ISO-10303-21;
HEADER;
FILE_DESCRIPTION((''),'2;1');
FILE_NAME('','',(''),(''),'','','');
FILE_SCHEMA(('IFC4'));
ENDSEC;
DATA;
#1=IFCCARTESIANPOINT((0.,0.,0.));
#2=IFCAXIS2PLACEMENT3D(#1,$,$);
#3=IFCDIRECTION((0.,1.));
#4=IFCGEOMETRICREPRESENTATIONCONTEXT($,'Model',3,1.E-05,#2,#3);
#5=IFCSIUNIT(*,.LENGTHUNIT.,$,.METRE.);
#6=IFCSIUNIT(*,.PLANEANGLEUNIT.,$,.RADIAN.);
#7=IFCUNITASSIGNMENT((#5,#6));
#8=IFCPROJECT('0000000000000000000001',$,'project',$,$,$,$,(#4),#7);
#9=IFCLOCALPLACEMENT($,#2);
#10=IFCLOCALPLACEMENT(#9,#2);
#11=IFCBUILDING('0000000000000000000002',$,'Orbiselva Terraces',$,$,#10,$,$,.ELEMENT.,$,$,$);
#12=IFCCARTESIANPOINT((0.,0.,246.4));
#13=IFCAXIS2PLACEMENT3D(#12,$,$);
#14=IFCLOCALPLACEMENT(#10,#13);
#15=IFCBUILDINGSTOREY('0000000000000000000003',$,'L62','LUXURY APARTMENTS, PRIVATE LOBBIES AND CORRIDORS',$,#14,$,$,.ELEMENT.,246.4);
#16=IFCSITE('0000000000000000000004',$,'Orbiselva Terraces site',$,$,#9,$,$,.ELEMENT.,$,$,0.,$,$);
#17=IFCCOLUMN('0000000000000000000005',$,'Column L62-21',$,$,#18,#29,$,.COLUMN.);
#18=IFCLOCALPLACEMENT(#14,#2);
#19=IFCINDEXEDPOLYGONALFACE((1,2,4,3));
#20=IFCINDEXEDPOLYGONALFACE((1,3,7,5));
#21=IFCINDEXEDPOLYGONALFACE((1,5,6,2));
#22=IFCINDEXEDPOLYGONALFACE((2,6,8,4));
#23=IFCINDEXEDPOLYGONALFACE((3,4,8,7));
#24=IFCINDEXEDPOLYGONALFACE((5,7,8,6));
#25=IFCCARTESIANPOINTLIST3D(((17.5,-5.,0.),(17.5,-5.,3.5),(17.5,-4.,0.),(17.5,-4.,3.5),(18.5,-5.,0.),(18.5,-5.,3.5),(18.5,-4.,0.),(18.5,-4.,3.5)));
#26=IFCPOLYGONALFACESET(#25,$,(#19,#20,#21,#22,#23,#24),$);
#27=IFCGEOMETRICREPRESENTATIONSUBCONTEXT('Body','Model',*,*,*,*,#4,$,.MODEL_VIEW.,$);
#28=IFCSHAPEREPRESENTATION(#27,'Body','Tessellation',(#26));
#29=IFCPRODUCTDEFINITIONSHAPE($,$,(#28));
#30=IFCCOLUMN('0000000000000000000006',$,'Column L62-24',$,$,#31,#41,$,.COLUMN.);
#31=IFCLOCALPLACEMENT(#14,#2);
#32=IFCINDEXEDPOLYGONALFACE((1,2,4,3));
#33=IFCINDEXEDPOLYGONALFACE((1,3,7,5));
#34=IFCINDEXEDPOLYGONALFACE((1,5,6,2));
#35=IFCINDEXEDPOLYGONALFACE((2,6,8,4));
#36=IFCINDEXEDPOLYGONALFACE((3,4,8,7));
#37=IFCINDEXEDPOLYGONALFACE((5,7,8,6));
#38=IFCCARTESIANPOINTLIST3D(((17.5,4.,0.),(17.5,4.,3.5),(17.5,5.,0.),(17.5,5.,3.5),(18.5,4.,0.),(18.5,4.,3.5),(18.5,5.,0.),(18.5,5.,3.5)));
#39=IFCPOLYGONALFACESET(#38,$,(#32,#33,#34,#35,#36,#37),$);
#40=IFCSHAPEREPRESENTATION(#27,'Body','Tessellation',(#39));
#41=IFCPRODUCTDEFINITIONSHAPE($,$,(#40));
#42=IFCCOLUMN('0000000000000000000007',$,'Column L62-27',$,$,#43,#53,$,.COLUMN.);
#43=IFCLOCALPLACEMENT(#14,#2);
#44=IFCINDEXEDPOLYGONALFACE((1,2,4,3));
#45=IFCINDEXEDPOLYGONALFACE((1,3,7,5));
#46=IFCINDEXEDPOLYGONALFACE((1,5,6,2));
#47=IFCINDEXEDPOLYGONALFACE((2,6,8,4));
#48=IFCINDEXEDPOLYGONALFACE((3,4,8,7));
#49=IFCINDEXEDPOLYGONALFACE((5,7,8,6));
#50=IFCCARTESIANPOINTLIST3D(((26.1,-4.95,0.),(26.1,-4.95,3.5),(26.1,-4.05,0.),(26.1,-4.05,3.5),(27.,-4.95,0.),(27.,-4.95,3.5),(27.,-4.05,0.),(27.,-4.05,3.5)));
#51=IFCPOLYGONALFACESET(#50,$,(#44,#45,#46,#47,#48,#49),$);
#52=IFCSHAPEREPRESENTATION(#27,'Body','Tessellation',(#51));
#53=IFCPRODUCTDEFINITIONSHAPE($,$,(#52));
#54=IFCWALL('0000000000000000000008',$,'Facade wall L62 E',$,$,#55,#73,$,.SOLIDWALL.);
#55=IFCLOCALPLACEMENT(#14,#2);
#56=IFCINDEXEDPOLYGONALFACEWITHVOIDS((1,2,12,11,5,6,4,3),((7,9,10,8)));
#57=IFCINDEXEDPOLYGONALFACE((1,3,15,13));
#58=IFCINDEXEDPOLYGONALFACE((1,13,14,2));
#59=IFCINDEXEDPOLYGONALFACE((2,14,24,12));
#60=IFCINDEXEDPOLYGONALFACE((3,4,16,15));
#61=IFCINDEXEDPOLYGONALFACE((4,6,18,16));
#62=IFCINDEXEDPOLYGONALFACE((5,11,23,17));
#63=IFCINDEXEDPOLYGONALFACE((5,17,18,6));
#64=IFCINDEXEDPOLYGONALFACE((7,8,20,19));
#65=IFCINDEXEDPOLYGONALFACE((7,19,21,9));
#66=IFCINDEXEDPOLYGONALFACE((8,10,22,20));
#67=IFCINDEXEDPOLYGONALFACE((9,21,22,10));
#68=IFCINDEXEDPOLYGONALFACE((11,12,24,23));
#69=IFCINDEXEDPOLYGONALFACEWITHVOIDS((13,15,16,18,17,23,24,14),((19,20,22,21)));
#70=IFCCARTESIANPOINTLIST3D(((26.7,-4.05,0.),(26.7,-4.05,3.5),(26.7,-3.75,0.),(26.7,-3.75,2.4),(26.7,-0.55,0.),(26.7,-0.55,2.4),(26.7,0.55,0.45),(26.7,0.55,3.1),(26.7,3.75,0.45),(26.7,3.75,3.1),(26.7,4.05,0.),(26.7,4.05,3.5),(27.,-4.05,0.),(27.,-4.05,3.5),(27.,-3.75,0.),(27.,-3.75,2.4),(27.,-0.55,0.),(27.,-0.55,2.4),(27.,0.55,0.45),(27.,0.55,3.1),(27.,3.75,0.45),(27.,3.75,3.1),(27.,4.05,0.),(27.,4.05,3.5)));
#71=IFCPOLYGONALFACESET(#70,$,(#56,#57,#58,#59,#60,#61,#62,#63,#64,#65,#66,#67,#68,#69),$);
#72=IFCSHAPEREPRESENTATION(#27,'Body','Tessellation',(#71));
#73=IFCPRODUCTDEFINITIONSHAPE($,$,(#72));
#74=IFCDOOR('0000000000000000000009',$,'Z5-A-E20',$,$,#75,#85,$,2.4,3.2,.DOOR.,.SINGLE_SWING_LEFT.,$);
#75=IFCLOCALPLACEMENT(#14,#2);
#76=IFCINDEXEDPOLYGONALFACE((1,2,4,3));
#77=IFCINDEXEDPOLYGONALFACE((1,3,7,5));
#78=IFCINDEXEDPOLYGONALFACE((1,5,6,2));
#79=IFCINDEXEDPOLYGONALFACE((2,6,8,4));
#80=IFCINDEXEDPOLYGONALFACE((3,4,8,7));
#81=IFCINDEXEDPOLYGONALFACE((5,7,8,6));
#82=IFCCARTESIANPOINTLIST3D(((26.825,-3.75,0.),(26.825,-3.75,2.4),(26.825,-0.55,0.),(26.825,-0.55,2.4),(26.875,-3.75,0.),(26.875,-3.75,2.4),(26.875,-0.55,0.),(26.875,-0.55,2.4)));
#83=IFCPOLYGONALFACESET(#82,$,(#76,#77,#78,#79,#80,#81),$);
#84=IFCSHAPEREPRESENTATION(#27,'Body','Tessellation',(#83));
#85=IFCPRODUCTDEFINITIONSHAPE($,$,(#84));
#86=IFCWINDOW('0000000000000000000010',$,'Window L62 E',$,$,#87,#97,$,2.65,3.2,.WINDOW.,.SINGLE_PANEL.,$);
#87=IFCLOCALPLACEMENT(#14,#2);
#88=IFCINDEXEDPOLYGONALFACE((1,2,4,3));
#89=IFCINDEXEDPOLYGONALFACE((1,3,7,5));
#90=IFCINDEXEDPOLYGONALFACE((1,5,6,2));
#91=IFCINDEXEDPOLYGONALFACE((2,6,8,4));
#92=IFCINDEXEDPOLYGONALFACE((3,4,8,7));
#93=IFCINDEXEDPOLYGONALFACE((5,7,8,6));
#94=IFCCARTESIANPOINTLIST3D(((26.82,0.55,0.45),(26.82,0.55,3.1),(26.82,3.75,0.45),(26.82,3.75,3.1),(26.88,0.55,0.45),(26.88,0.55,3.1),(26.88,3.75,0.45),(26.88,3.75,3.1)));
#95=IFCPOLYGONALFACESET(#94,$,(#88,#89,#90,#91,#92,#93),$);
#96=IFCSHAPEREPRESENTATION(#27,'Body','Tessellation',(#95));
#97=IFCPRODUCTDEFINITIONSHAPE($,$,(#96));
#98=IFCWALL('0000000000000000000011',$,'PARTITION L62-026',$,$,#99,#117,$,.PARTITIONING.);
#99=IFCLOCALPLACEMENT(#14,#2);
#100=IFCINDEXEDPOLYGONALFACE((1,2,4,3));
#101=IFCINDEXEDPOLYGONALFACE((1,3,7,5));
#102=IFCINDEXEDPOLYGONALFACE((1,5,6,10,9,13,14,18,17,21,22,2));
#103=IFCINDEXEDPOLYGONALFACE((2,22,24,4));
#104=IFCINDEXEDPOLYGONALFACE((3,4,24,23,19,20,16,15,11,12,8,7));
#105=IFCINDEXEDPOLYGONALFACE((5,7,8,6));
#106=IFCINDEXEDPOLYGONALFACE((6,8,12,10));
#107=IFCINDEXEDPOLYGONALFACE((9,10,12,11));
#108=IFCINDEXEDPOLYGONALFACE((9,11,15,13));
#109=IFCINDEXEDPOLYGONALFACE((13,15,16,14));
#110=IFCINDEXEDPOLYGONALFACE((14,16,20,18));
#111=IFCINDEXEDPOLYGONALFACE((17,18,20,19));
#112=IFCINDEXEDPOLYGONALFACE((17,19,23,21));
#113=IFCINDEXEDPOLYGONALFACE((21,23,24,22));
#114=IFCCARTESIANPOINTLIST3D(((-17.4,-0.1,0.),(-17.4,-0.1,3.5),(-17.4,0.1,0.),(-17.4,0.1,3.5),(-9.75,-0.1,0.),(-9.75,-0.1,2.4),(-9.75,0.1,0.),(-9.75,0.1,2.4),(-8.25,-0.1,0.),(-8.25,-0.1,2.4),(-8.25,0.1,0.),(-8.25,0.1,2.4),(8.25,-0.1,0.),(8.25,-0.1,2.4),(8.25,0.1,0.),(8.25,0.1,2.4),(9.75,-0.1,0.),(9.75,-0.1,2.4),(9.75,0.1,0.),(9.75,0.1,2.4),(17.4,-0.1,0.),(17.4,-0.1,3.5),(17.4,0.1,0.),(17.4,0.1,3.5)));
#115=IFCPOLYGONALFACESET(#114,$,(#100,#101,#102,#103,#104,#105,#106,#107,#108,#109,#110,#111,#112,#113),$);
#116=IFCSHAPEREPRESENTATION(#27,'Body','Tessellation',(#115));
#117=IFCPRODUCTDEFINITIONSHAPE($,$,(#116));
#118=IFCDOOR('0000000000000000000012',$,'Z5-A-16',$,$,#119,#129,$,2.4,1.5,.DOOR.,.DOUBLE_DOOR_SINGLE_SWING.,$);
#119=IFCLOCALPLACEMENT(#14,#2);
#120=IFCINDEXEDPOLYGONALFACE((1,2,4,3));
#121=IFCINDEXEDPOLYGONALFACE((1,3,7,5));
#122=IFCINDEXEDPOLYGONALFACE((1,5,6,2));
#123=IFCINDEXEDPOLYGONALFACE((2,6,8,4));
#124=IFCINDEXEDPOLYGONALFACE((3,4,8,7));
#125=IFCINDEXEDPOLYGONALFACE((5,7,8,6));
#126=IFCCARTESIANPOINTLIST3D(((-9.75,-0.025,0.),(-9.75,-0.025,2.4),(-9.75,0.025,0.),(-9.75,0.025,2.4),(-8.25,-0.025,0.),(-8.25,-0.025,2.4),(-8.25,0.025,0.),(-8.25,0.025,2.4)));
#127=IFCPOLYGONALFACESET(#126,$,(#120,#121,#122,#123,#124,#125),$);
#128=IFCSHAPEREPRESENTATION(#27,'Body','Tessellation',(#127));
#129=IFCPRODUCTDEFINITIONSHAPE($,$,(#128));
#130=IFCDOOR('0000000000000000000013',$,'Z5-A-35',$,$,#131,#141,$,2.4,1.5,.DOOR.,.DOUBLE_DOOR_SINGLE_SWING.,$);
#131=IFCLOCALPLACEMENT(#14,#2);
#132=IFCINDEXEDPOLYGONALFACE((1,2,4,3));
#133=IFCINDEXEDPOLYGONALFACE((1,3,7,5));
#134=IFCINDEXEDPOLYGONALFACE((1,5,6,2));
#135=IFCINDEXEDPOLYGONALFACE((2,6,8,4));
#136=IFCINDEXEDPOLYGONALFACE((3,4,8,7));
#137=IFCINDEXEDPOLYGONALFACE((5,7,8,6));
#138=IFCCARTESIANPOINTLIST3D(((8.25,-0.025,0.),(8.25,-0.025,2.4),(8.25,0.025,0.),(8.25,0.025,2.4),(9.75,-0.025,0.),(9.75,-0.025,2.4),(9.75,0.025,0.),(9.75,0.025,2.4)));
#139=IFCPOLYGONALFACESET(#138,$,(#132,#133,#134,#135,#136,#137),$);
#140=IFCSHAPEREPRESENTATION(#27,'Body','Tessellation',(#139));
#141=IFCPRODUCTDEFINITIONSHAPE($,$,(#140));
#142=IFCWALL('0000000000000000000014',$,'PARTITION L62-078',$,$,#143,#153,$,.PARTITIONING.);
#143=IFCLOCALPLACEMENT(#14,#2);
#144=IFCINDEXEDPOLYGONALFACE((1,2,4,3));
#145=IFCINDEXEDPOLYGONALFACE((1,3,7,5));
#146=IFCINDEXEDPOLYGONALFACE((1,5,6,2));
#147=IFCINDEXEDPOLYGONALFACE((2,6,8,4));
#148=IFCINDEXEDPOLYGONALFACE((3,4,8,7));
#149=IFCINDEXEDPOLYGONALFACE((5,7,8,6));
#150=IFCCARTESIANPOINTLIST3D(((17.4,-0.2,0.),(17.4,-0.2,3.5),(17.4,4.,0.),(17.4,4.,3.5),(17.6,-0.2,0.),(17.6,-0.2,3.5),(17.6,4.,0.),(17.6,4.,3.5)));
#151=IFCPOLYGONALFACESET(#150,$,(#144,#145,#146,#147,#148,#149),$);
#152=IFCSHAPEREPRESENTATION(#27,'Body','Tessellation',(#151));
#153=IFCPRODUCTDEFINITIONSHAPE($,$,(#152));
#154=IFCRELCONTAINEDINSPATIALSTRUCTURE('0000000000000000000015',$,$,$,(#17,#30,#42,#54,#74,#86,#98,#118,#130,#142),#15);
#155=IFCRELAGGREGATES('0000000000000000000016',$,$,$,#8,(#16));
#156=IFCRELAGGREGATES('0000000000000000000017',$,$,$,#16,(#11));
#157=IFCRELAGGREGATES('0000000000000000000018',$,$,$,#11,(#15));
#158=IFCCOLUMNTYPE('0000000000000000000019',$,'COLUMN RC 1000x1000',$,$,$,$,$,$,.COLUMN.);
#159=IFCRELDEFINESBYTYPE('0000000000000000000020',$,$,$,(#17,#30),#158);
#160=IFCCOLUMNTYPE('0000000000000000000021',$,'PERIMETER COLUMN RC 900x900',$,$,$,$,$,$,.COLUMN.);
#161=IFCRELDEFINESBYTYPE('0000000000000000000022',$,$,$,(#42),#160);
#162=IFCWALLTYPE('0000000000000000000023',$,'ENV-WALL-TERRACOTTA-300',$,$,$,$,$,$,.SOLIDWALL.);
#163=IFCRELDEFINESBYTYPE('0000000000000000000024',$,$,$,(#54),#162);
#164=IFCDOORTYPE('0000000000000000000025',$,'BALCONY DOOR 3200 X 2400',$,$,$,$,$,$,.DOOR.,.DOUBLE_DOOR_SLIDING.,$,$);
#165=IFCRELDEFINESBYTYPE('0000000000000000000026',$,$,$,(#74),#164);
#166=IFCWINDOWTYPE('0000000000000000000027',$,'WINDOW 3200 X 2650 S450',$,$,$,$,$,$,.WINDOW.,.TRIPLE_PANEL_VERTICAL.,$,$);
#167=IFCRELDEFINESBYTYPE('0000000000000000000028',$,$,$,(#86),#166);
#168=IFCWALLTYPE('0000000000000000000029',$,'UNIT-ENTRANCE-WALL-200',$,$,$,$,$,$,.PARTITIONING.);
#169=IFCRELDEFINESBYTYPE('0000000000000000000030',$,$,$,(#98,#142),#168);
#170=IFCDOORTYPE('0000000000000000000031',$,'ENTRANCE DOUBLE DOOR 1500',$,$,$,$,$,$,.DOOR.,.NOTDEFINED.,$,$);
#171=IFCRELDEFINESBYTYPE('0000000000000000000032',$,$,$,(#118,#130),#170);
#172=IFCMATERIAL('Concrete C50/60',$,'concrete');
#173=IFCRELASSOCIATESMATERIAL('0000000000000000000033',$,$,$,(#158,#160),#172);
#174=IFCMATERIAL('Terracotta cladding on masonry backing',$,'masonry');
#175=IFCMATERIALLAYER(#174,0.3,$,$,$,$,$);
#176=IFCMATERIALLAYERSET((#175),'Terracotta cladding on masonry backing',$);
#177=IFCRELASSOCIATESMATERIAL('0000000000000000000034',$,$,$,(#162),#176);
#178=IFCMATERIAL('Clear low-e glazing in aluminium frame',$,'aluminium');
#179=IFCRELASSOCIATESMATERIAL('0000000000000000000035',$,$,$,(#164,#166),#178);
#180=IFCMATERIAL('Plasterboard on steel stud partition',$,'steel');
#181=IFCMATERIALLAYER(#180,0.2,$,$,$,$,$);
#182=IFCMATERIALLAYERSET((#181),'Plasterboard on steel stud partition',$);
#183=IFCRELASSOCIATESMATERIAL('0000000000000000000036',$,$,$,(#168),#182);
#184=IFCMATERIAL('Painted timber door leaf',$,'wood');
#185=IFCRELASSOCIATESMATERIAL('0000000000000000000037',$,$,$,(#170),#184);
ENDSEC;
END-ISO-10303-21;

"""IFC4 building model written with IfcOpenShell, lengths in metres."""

from ifc_helpers import new_model, si_unit, direction, frame, frame_2d, origin, origin_2d, place, context, subcontext, project, spatial, rectangle, extrude, material, layer, layer_set, material_profile, profile_set, type_object, element, fill, save


model = new_model("IFC4")

# Units and contexts
model_context = context("Model", 3, precision=1e-05, world=origin(), true_north=direction((0.0, 1.0)))
body_context = subcontext(model_context, "Body", "Model", "MODEL_VIEW")
ifc_project = project(units=[si_unit("LENGTHUNIT", "METRE"), si_unit("PLANEANGLEUNIT", "RADIAN")], contexts=[model_context])

# Site, building, storey
site_placement = place(None, origin())
site = spatial("IfcSite", under=ifc_project, at=site_placement, Name="Orbiselva Terraces site", CompositionType="ELEMENT", RefElevation=0.0)
building_placement = place(site_placement, origin())
building = spatial("IfcBuilding", under=site, at=building_placement, Name="Orbiselva Terraces", CompositionType="ELEMENT")
storey_placement = place(building_placement, frame((0.0, 0.0, 246.4)))
storey = spatial("IfcBuildingStorey", under=building, at=storey_placement, Name="L62", Description="LUXURY APARTMENTS, PRIVATE LOBBIES AND CORRIDORS", CompositionType="ELEMENT", Elevation=246.4)

# Columns
ifc_material_1 = material(Name="Concrete C50/60", Category="concrete")
ifc_material_profile_1 = material_profile(ifc_material_1, rectangle(XDim=1.0, YDim=1.0, at=origin_2d()), Name="RC 1000x1000")
ifc_profile_set_1 = profile_set([ifc_material_profile_1], Name="Concrete C50/60")
column_type_1 = type_object("IfcColumnType", Name="COLUMN RC 1000x1000", PredefinedType="COLUMN", material=ifc_profile_set_1)
for number, where, z_axis, x_axis, name in (
    (1, (18.0, -4.5, 0.0), (0.0, 0.0, 1.0), (1.0, 0.0, 0.0), "Column L62-21"),
    (2, (18.0, 4.5, 0.0), (0.0, 0.0, 1.0), (1.0, 0.0, 0.0), "Column L62-24"),
):
    element("IfcColumn", number, at=place(storey_placement, frame(where, z_axis=z_axis, x_axis=x_axis)), inside=storey, type_object=column_type_1, Name=name, PredefinedType="COLUMN", context=body_context, shape_type="SweptSolid", body=[
        extrude(rectangle(XDim=1.0, YDim=1.0, at=origin_2d()), origin(), (0.0, 0.0, 1.0), 3.5),
    ])
ifc_material_profile_2 = material_profile(ifc_material_1, rectangle(XDim=0.9, YDim=0.9, at=origin_2d()), Name="RC 900x900")
ifc_profile_set_2 = profile_set([ifc_material_profile_2], Name="Concrete C50/60")
column_type_2 = type_object("IfcColumnType", Name="PERIMETER COLUMN RC 900x900", PredefinedType="COLUMN", material=ifc_profile_set_2)
column_placement = place(storey_placement, frame((26.55, -4.5, 0.0), z_axis=(0.0, 0.0, 1.0), x_axis=(1.0, 0.0, 0.0)))
element("IfcColumn", 3, at=column_placement, inside=storey, type_object=column_type_2, Name="Column L62-27", PredefinedType="COLUMN", context=body_context, shape_type="SweptSolid", body=[
    extrude(rectangle(XDim=0.9, YDim=0.9, at=origin_2d()), origin(), (0.0, 0.0, 1.0), 3.5),
])

# Wall, openings, door, window
ifc_material_2 = material(Name="Terracotta cladding on masonry backing", Category="masonry")
ifc_layer_1 = layer(ifc_material_2, 0.3)
ifc_layer_set_1 = layer_set([ifc_layer_1], Name="Terracotta cladding on masonry backing")
wall_type_1 = type_object("IfcWallType", Name="ENV-WALL-TERRACOTTA-300", PredefinedType="SOLIDWALL", material=ifc_layer_set_1)
wall_1_placement = place(storey_placement, frame((26.85, 4.05, 0.0), z_axis=(0.0, 0.0, 1.0), x_axis=(0.0, -1.0, 0.0)))
wall_1 = element("IfcWall", 4, at=wall_1_placement, inside=storey, type_object=wall_type_1, Name="Facade wall L62 E", PredefinedType="SOLIDWALL", context=body_context, shape_type="SweptSolid", body=[
    extrude(rectangle(XDim=8.1, YDim=0.3, at=frame_2d((4.05, 0.0))), origin(), (0.0, 0.0, 1.0), 3.5),
])
opening_1_placement = place(wall_1_placement, frame((4.6, 0.0, 0.0)))
opening_1 = element("IfcOpeningElement", 5, at=opening_1_placement, cuts=wall_1, PredefinedType="OPENING", context=body_context, shape_type="SweptSolid", body=[
    extrude(rectangle(XDim=3.2, YDim=2.4, at=frame_2d((1.6, 1.2))), frame((0.0, 0.16, 0.0), z_axis=(0.0, -1.0, 0.0), x_axis=(1.0, 0.0, 0.0)), (0.0, 0.0, 1.0), 0.32),
])
opening_2_placement = place(wall_1_placement, frame((0.3, 0.0, 0.45)))
opening_2 = element("IfcOpeningElement", 6, at=opening_2_placement, cuts=wall_1, PredefinedType="OPENING", context=body_context, shape_type="SweptSolid", body=[
    extrude(rectangle(XDim=3.2, YDim=2.65, at=frame_2d((1.6, 1.325))), frame((0.0, 0.16, 0.0), z_axis=(0.0, -1.0, 0.0), x_axis=(1.0, 0.0, 0.0)), (0.0, 0.0, 1.0), 0.32),
])
ifc_material_3 = material(Name="Clear low-e glazing in aluminium frame", Category="aluminium")
door_type_1 = type_object("IfcDoorType", Name="BALCONY DOOR 3200 X 2400", OperationType="DOUBLE_DOOR_SLIDING", PredefinedType="DOOR", material=ifc_material_3)
door_1_placement = place(opening_1_placement, origin())
door_1 = element("IfcDoor", 7, at=door_1_placement, inside=storey, type_object=door_type_1, Name="Z5-A-E20", OperationType="SINGLE_SWING_LEFT", OverallHeight=2.4, OverallWidth=3.2, PredefinedType="DOOR", context=body_context, shape_type="SweptSolid", body=[
    extrude(rectangle(XDim=3.2, YDim=2.4, at=frame_2d((1.6, 1.2))), frame((0.0, 0.025, 0.0), z_axis=(0.0, -1.0, 0.0), x_axis=(1.0, 0.0, 0.0)), (0.0, 0.0, 1.0), 0.05),
])
fill(opening_1, door_1)
window_type = type_object("IfcWindowType", Name="WINDOW 3200 X 2650 S450", PartitioningType="TRIPLE_PANEL_VERTICAL", PredefinedType="WINDOW", material=ifc_material_3)
window_placement = place(opening_2_placement, origin())
window = element("IfcWindow", 8, at=window_placement, inside=storey, type_object=window_type, Name="Window L62 E", OverallHeight=2.65, OverallWidth=3.2, PartitioningType="SINGLE_PANEL", PredefinedType="WINDOW", context=body_context, shape_type="SweptSolid", body=[
    extrude(rectangle(XDim=3.2, YDim=2.65, at=frame_2d((1.6, 1.325))), frame((0.0, 0.03, 0.0), z_axis=(0.0, -1.0, 0.0), x_axis=(1.0, 0.0, 0.0)), (0.0, 0.0, 1.0), 0.06),
])
fill(opening_2, window)

# Wall, openings, doors
ifc_material_4 = material(Name="Plasterboard on steel stud partition", Category="steel")
ifc_layer_2 = layer(ifc_material_4, 0.2)
ifc_layer_set_2 = layer_set([ifc_layer_2], Name="Plasterboard on steel stud partition")
wall_type_2 = type_object("IfcWallType", Name="UNIT-ENTRANCE-WALL-200", PredefinedType="PARTITIONING", material=ifc_layer_set_2)
wall_2_placement = place(storey_placement, frame((17.4, 0.0, 0.0), z_axis=(0.0, 0.0, 1.0), x_axis=(-1.0, 0.0, 0.0)))
wall_2 = element("IfcWall", 9, at=wall_2_placement, inside=storey, type_object=wall_type_2, Name="PARTITION L62-026", PredefinedType="PARTITIONING", context=body_context, shape_type="SweptSolid", body=[
    extrude(rectangle(XDim=34.8, YDim=0.2, at=frame_2d((17.4, 0.0))), origin(), (0.0, 0.0, 1.0), 3.5),
])
opening_3_placement = place(wall_2_placement, frame((25.65, 0.0, 0.0)))
opening_3 = element("IfcOpeningElement", 10, at=opening_3_placement, cuts=wall_2, PredefinedType="OPENING", context=body_context, shape_type="SweptSolid", body=[
    extrude(rectangle(XDim=1.5, YDim=2.4, at=frame_2d((0.75, 1.2))), frame((0.0, 0.11, 0.0), z_axis=(0.0, -1.0, 0.0), x_axis=(1.0, 0.0, 0.0)), (0.0, 0.0, 1.0), 0.22),
])
opening_4_placement = place(wall_2_placement, frame((7.65, 0.0, 0.0)))
opening_4 = element("IfcOpeningElement", 11, at=opening_4_placement, cuts=wall_2, PredefinedType="OPENING", context=body_context, shape_type="SweptSolid", body=[
    extrude(rectangle(XDim=1.5, YDim=2.4, at=frame_2d((0.75, 1.2))), frame((0.0, 0.11, 0.0), z_axis=(0.0, -1.0, 0.0), x_axis=(1.0, 0.0, 0.0)), (0.0, 0.0, 1.0), 0.22),
])
ifc_material_5 = material(Name="Painted timber door leaf", Category="wood")
door_type_2 = type_object("IfcDoorType", Name="ENTRANCE DOUBLE DOOR 1500", OperationType="NOTDEFINED", PredefinedType="DOOR", material=ifc_material_5)
door_2_placement = place(opening_3_placement, origin())
door_2 = element("IfcDoor", 12, at=door_2_placement, inside=storey, type_object=door_type_2, Name="Z5-A-16", OperationType="DOUBLE_DOOR_SINGLE_SWING", OverallHeight=2.4, OverallWidth=1.5, PredefinedType="DOOR", context=body_context, shape_type="SweptSolid", body=[
    extrude(rectangle(XDim=1.5, YDim=2.4, at=frame_2d((0.75, 1.2))), frame((0.0, 0.025, 0.0), z_axis=(0.0, -1.0, 0.0), x_axis=(1.0, 0.0, 0.0)), (0.0, 0.0, 1.0), 0.05),
])
fill(opening_3, door_2)
door_3_placement = place(opening_4_placement, origin())
door_3 = element("IfcDoor", 13, at=door_3_placement, inside=storey, type_object=door_type_2, Name="Z5-A-35", OperationType="DOUBLE_DOOR_SINGLE_SWING", OverallHeight=2.4, OverallWidth=1.5, PredefinedType="DOOR", context=body_context, shape_type="SweptSolid", body=[
    extrude(rectangle(XDim=1.5, YDim=2.4, at=frame_2d((0.75, 1.2))), frame((0.0, 0.025, 0.0), z_axis=(0.0, -1.0, 0.0), x_axis=(1.0, 0.0, 0.0)), (0.0, 0.0, 1.0), 0.05),
])
fill(opening_4, door_3)

# Wall
wall_3_placement = place(storey_placement, frame((17.5, -0.2, 0.0), z_axis=(0.0, 0.0, 1.0), x_axis=(0.0, 1.0, 0.0)))
element("IfcWall", 14, at=wall_3_placement, inside=storey, type_object=wall_type_2, Name="PARTITION L62-078", PredefinedType="PARTITIONING", context=body_context, shape_type="SweptSolid", body=[
    extrude(rectangle(XDim=4.2, YDim=0.2, at=frame_2d((2.1, 0.0))), origin(), (0.0, 0.0, 1.0), 3.5),
])

save(model, "model.ifc")
